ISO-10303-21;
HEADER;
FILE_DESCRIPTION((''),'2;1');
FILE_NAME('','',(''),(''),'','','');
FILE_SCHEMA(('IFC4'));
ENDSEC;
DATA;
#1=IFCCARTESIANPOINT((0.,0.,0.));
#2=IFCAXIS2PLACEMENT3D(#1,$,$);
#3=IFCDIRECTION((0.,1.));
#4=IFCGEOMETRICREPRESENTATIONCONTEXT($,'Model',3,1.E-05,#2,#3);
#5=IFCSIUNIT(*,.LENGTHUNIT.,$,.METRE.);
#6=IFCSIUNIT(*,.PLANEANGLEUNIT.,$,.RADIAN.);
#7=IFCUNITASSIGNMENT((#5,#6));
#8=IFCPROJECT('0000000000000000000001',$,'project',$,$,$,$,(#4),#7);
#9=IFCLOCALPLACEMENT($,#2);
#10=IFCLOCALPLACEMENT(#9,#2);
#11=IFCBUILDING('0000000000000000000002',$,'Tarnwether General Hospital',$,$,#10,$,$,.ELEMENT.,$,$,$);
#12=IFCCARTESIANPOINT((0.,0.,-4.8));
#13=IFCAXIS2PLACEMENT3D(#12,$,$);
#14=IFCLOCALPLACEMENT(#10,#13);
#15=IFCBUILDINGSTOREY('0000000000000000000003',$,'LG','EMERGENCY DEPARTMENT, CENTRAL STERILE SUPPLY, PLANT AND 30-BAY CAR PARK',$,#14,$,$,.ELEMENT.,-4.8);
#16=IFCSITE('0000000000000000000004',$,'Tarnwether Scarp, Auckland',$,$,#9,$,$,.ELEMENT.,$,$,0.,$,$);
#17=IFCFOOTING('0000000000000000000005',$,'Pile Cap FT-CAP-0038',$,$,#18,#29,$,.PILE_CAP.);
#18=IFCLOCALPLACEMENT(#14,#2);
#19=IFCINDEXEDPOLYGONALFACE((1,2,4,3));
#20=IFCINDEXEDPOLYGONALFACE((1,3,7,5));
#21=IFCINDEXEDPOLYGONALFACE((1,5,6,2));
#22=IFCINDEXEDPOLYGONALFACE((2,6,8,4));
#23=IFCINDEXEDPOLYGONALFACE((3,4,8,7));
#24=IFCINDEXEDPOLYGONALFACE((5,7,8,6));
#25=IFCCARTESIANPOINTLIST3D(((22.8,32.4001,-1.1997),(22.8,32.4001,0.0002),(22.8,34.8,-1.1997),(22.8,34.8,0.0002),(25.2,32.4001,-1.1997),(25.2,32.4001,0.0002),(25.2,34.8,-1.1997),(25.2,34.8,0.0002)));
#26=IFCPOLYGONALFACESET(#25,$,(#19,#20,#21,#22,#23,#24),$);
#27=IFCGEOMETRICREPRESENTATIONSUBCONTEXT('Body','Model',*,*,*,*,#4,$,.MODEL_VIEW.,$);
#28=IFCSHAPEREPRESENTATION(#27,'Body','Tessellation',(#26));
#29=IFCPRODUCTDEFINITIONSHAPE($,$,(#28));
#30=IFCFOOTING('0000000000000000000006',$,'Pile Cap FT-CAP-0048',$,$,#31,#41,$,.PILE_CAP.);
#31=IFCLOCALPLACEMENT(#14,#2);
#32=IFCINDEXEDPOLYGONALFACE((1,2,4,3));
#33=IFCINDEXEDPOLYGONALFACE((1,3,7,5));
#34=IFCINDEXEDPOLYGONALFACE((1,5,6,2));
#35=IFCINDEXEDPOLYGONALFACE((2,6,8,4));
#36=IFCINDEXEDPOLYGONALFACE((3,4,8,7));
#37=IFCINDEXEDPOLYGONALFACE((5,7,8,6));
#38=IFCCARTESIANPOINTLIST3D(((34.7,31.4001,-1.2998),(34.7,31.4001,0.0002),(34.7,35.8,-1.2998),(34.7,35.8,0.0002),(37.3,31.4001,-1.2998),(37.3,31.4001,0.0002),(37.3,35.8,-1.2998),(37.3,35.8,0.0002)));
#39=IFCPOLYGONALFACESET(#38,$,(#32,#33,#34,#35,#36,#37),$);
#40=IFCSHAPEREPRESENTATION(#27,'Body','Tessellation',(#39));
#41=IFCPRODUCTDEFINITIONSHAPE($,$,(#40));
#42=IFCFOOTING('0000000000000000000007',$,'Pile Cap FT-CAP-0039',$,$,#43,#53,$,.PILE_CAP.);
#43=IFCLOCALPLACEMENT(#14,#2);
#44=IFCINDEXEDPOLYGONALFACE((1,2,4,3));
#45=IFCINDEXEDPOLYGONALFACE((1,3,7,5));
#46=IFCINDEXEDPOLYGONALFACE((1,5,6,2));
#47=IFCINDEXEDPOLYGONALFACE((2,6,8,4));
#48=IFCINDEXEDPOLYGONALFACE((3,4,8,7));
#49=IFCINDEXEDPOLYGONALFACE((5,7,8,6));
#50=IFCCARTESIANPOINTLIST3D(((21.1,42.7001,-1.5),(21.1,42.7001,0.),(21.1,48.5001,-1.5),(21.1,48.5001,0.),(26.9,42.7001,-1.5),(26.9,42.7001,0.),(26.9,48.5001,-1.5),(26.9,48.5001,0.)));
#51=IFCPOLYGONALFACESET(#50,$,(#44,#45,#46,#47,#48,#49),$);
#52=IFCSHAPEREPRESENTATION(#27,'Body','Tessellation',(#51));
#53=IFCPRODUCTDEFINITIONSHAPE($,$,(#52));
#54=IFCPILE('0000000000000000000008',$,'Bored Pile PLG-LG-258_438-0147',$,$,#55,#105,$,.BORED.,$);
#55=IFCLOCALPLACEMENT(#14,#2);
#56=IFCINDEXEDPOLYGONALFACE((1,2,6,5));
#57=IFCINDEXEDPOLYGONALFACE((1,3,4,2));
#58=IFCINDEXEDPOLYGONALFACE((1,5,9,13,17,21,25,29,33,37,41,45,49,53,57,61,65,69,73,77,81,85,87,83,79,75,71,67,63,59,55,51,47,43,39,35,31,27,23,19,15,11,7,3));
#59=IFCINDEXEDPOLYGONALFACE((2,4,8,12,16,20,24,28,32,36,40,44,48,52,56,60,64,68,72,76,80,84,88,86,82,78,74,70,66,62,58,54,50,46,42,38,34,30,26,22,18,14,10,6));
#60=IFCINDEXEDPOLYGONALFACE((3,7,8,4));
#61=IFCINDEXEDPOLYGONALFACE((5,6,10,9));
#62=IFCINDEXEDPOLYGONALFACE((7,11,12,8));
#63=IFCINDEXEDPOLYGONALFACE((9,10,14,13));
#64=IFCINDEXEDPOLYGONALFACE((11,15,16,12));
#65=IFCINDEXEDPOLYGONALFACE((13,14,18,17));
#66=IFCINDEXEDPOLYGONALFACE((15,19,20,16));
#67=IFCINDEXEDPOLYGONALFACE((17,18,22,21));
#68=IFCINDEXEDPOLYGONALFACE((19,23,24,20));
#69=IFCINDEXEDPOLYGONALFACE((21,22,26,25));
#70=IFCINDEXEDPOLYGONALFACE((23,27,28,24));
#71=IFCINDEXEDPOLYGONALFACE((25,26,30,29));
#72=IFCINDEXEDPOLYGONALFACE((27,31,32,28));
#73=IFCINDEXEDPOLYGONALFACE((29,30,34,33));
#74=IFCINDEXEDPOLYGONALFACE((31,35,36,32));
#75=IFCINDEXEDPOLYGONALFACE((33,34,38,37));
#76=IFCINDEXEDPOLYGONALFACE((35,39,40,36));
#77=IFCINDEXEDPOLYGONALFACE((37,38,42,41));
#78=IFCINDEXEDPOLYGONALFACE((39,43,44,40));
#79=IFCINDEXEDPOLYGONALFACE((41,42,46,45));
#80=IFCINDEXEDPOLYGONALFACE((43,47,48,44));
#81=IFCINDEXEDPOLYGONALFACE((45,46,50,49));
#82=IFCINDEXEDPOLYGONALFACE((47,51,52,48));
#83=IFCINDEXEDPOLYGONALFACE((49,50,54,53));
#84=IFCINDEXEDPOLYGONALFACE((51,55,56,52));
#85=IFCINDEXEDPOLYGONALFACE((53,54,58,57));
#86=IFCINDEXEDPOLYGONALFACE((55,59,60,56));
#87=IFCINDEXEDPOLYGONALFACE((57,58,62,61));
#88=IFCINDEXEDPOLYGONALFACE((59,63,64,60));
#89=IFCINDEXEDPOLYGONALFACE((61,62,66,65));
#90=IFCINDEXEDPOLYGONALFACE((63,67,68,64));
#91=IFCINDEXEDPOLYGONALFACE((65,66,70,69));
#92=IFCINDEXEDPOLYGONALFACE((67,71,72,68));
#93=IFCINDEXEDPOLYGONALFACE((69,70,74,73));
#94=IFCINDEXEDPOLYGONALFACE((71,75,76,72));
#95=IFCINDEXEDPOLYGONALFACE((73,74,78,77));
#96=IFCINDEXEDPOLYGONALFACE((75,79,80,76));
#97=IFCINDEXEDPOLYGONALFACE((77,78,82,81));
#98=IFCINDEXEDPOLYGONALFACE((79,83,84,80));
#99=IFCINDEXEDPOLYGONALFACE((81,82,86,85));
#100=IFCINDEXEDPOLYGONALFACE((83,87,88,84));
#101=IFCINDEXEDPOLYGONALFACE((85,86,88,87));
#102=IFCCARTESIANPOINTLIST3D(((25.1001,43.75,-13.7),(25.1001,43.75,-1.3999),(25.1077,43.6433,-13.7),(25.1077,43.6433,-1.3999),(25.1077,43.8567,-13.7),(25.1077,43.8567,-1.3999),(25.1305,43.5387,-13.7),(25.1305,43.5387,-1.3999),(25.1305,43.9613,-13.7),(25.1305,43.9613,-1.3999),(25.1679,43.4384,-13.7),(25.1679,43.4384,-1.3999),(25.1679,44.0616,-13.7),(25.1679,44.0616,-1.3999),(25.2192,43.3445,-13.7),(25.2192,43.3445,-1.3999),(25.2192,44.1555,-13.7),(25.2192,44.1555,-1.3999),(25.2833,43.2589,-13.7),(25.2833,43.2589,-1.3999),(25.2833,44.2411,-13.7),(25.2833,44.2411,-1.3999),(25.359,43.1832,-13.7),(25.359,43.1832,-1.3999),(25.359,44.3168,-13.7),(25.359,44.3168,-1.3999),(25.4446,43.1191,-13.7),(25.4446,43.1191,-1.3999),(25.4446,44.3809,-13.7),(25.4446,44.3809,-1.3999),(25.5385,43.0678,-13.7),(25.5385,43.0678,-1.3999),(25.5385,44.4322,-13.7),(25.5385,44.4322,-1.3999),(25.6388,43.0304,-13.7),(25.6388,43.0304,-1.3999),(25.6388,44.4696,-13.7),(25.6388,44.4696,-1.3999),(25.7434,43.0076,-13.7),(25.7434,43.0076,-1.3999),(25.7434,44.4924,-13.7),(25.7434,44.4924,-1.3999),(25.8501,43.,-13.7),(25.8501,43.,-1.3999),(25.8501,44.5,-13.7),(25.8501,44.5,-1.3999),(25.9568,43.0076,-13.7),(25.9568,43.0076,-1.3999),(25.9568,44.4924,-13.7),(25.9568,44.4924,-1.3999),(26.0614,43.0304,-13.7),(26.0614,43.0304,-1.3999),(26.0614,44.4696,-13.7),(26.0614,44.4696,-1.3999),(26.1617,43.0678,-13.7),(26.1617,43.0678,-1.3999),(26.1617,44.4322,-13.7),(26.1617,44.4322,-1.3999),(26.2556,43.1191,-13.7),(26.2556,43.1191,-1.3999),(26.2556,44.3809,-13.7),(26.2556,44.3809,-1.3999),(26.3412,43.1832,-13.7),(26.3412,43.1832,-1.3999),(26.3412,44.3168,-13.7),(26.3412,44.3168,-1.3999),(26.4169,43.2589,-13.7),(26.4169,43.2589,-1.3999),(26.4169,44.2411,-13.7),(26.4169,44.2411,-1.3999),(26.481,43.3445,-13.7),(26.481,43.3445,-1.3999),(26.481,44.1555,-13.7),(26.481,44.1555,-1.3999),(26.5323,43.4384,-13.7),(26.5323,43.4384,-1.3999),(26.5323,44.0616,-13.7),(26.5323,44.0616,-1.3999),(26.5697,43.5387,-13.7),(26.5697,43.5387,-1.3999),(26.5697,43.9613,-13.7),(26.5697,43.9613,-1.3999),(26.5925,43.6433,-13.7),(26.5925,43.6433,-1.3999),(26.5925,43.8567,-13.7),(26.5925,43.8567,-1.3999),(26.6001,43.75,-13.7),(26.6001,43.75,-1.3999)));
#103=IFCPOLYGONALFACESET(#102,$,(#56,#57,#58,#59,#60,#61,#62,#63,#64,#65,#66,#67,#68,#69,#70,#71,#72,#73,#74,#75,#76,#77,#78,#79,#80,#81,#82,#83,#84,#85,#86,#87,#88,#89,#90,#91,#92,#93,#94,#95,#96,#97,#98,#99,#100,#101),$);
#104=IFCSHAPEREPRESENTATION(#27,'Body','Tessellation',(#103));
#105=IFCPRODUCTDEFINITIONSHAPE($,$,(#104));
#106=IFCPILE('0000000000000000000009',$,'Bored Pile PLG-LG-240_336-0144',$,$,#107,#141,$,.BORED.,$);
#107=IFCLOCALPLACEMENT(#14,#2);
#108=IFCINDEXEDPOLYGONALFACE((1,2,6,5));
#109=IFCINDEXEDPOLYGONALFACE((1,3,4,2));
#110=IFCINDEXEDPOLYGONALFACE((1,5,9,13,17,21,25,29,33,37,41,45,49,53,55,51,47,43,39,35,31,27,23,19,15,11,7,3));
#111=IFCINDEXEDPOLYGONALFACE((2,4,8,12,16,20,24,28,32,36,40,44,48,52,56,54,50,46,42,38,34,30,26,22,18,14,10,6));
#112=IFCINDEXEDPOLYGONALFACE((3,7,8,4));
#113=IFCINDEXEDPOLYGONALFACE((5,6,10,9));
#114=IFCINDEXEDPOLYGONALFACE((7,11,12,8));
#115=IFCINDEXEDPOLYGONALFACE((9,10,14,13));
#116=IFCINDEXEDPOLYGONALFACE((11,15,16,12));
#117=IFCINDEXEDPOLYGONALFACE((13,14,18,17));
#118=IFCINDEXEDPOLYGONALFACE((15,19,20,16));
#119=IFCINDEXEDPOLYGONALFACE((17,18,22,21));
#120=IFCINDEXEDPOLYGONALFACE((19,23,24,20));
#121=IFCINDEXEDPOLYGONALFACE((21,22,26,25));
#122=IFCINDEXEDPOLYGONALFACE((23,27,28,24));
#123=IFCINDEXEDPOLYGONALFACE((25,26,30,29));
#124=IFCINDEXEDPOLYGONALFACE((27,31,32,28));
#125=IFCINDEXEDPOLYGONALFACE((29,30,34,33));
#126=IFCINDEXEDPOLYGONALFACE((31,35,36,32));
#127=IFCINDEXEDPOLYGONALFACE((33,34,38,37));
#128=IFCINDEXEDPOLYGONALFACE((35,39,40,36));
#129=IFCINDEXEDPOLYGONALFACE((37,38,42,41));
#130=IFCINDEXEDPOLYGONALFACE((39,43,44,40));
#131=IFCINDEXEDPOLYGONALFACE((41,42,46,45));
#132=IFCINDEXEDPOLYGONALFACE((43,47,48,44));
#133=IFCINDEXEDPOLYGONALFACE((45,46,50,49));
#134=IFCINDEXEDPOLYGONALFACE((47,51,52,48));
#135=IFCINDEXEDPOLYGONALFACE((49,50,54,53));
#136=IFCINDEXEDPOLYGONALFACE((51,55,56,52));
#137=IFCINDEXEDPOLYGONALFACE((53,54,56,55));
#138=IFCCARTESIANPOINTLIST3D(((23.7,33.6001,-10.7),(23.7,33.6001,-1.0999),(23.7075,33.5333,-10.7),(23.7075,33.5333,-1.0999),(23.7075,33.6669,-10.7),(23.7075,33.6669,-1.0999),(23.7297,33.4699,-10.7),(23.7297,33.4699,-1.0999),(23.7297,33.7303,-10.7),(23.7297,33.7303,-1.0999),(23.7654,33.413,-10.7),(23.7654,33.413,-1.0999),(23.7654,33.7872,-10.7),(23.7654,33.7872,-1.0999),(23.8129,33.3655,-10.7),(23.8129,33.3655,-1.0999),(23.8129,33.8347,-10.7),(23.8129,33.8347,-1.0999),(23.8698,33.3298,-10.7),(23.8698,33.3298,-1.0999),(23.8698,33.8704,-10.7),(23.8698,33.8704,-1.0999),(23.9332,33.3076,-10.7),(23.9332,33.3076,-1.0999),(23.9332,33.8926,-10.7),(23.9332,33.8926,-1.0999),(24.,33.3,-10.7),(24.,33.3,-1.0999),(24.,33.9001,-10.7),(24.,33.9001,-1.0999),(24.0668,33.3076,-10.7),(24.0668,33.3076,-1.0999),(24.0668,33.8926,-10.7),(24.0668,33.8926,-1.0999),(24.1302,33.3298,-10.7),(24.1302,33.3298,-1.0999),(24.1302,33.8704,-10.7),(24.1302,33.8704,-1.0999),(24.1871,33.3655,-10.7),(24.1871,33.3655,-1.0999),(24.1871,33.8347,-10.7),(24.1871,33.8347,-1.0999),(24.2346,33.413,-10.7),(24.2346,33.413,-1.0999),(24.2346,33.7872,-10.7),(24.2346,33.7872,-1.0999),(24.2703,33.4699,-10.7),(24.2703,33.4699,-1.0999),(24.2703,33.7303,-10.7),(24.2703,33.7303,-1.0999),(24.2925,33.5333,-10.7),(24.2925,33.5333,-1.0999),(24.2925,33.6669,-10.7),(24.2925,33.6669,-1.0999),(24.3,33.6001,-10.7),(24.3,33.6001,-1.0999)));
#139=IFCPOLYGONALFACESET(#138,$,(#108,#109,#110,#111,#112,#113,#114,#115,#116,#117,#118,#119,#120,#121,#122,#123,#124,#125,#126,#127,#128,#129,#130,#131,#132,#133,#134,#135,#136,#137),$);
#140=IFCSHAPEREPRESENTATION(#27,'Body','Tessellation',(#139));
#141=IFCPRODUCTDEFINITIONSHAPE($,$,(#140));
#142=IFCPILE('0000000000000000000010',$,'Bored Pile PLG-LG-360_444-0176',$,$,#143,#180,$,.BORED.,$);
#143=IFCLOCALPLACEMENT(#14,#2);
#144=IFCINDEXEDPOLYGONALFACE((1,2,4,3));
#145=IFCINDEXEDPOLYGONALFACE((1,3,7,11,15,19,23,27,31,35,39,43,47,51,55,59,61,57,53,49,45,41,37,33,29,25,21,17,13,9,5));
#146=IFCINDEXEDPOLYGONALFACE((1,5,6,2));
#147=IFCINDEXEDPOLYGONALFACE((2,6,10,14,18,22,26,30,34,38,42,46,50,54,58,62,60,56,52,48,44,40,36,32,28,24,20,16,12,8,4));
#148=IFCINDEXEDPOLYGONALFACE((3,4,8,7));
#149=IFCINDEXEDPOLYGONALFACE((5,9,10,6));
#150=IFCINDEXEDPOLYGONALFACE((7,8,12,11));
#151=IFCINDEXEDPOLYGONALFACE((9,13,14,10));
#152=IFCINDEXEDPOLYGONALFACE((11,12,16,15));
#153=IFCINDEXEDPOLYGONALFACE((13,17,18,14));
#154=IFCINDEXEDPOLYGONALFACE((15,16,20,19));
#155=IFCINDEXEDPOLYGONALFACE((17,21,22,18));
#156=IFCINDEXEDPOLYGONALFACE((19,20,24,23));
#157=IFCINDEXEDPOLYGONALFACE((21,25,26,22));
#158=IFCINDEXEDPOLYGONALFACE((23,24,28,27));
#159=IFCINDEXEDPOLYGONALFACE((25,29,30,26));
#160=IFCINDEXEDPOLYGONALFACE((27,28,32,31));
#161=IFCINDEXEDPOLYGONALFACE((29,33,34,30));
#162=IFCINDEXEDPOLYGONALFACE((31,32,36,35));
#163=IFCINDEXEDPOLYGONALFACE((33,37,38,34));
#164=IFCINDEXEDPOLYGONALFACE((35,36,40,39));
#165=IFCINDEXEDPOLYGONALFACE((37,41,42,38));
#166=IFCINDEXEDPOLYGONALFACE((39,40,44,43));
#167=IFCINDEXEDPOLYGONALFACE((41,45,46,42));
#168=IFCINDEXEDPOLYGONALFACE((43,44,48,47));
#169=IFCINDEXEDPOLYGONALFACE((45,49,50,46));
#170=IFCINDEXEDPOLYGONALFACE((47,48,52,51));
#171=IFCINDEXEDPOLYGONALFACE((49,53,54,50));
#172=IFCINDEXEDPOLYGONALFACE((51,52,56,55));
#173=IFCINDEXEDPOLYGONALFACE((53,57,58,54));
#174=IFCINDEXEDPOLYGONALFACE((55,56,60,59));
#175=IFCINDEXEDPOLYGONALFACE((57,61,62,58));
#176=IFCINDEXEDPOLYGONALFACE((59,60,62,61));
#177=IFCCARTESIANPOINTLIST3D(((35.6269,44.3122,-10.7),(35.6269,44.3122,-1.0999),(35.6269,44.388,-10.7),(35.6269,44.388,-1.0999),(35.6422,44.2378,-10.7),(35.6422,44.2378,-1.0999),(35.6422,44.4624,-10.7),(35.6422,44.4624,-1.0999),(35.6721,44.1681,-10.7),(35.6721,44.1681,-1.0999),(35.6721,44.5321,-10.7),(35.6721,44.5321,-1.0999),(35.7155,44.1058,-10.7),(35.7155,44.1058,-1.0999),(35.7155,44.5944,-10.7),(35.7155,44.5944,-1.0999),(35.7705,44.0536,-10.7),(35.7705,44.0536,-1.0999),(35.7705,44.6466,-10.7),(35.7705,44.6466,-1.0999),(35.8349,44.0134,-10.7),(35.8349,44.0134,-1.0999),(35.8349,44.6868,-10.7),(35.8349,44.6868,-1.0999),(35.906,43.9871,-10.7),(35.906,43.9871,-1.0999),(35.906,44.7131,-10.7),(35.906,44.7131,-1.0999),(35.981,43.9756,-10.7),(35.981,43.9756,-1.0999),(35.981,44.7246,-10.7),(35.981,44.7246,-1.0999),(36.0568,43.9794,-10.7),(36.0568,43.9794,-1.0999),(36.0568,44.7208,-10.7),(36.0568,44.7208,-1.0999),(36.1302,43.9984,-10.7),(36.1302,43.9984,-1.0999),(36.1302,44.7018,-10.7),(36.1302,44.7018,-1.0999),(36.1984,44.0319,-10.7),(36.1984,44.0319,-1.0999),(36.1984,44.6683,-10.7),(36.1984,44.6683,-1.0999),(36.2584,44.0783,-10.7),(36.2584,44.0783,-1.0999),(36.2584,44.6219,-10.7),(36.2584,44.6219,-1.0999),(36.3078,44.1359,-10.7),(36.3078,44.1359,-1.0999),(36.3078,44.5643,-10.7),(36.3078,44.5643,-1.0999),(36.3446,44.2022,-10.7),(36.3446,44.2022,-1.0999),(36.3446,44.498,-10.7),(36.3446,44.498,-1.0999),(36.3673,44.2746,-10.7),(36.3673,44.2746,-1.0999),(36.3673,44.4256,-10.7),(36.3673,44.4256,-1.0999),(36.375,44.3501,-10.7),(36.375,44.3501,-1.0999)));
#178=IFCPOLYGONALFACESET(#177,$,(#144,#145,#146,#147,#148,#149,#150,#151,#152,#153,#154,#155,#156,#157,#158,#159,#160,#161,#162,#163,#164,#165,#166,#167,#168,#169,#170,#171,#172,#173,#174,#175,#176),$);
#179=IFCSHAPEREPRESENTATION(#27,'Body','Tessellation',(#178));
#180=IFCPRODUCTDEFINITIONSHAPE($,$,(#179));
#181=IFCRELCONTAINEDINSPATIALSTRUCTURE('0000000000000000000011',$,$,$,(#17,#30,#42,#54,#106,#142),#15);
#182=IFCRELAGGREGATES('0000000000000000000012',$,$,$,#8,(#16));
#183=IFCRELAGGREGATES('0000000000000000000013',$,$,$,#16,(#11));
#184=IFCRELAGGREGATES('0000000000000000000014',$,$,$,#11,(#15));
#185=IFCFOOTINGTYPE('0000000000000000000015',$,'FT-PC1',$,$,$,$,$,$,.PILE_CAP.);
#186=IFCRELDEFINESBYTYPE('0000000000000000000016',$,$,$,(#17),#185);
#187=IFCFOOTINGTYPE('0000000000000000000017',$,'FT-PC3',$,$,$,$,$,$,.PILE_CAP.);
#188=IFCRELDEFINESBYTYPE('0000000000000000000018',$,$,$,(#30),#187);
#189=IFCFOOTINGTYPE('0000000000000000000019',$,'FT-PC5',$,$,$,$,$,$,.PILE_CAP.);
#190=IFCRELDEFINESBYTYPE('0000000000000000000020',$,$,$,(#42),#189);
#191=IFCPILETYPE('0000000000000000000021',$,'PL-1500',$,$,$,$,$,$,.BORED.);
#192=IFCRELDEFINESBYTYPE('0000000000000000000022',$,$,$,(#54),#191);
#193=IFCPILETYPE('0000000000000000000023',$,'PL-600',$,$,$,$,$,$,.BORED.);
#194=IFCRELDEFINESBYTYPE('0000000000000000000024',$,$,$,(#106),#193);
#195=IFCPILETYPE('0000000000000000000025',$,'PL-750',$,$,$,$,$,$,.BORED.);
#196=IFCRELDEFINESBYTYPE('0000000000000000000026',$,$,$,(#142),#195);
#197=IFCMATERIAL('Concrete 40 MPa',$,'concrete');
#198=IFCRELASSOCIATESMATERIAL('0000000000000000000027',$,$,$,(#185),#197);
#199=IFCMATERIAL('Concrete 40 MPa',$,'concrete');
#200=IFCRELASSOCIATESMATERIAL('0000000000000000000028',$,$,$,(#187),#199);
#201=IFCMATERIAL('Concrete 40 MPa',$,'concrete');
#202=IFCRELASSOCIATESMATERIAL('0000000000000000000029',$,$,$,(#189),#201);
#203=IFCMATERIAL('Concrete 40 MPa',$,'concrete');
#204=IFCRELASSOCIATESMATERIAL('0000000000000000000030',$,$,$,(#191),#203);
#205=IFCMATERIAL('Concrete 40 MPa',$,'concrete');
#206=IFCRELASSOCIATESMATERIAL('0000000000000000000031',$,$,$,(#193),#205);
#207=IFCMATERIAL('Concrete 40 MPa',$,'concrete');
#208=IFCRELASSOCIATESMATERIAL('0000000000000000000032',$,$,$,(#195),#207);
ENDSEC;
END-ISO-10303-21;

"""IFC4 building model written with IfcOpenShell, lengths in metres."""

from ifc_helpers import new_model, si_unit, direction, frame, origin, origin_2d, place, context, subcontext, project, spatial, rectangle, circle, extrude, material, material_profile, profile_set, type_object, element, save


model = new_model("IFC4")

# Units and contexts
model_context = context("Model", 3, precision=1e-05, world=origin(), true_north=direction((0.0, 1.0)))
body_context = subcontext(model_context, "Body", "Model", "MODEL_VIEW")
ifc_project = project(units=[si_unit("LENGTHUNIT", "METRE"), si_unit("PLANEANGLEUNIT", "RADIAN")], contexts=[model_context])

# Site, building, storey
site_placement = place(None, origin())
site = spatial("IfcSite", under=ifc_project, at=site_placement, Name="Tarnwether Scarp, Auckland", CompositionType="ELEMENT", RefElevation=0.0)
building_placement = place(site_placement, origin())
building = spatial("IfcBuilding", under=site, at=building_placement, Name="Tarnwether General Hospital", CompositionType="ELEMENT")
storey_placement = place(building_placement, frame((0.0, 0.0, -4.8)))
storey = spatial("IfcBuildingStorey", under=building, at=storey_placement, Name="LG", Description="EMERGENCY DEPARTMENT, CENTRAL STERILE SUPPLY, PLANT AND 30-BAY CAR PARK", CompositionType="ELEMENT", Elevation=-4.8)

# Footings
ifc_material_1 = material(Name="Concrete 40 MPa", Category="concrete")
footing_type_1 = type_object("IfcFootingType", Name="FT-PC1", PredefinedType="PILE_CAP", material=ifc_material_1)
footing_1_placement = place(storey_placement, frame((24.0, 33.6001, -1.1997), z_axis=(0.0, 0.0, 1.0), x_axis=(1.0, 0.0, 0.0)))
element("IfcFooting", 1, at=footing_1_placement, inside=storey, type_object=footing_type_1, Name="Pile Cap FT-CAP-0038", PredefinedType="PILE_CAP", context=body_context, shape_type="SweptSolid", body=[
    extrude(rectangle(XDim=2.3999, YDim=2.3999, at=origin_2d()), origin(), (0.0, 0.0, 1.0), 1.2),
])
ifc_material_2 = material(Name="Concrete 40 MPa", Category="concrete")
footing_type_2 = type_object("IfcFootingType", Name="FT-PC3", PredefinedType="PILE_CAP", material=ifc_material_2)
footing_2_placement = place(storey_placement, frame((36.0, 33.6001, -1.2998), z_axis=(0.0, 0.0, 1.0), x_axis=(0.0, 1.0, 0.0)))
element("IfcFooting", 2, at=footing_2_placement, inside=storey, type_object=footing_type_2, Name="Pile Cap FT-CAP-0048", PredefinedType="PILE_CAP", context=body_context, shape_type="SweptSolid", body=[
    extrude(rectangle(XDim=4.3999, YDim=2.6001, at=origin_2d()), origin(), (0.0, 0.0, 1.0), 1.3),
])
ifc_material_3 = material(Name="Concrete 40 MPa", Category="concrete")
footing_type_3 = type_object("IfcFootingType", Name="FT-PC5", PredefinedType="PILE_CAP", material=ifc_material_3)
footing_3_placement = place(storey_placement, frame((24.0, 45.6001, -1.5), z_axis=(0.0, 0.0, 1.0), x_axis=(1.0, 0.0, 0.0)))
element("IfcFooting", 3, at=footing_3_placement, inside=storey, type_object=footing_type_3, Name="Pile Cap FT-CAP-0039", PredefinedType="PILE_CAP", context=body_context, shape_type="SweptSolid", body=[
    extrude(rectangle(XDim=5.8, YDim=5.8, at=origin_2d()), origin(), (0.0, 0.0, 1.0), 1.5),
])

# Piles
ifc_material_4 = material(Name="Concrete 40 MPa", Category="concrete")
ifc_material_profile_1 = material_profile(ifc_material_4, circle(Radius=0.75, at=origin_2d()), Name="PILE-D1500")
ifc_profile_set_1 = profile_set([ifc_material_profile_1], Name="Concrete 40 MPa")
pile_type_1 = type_object("IfcPileType", Name="PL-1500", PredefinedType="BORED", material=ifc_profile_set_1)
pile_1_placement = place(storey_placement, frame((25.8501, 43.75, -1.3999), z_axis=(0.0, 0.0, -1.0), x_axis=(1.0, 0.0, 0.0)))
element("IfcPile", 4, at=pile_1_placement, inside=storey, type_object=pile_type_1, Name="Bored Pile PLG-LG-258_438-0147", PredefinedType="BORED", context=body_context, shape_type="SweptSolid", body=[
    extrude(circle(Radius=0.75, at=origin_2d()), origin(), (0.0, 0.0, 1.0), 12.3),
])
ifc_material_5 = material(Name="Concrete 40 MPa", Category="concrete")
ifc_material_profile_2 = material_profile(ifc_material_5, circle(Radius=0.3, at=origin_2d()), Name="PILE-D600")
ifc_profile_set_2 = profile_set([ifc_material_profile_2], Name="Concrete 40 MPa")
pile_type_2 = type_object("IfcPileType", Name="PL-600", PredefinedType="BORED", material=ifc_profile_set_2)
pile_2_placement = place(storey_placement, frame((24.0, 33.6001, -1.0999), z_axis=(0.0, 0.0, -1.0), x_axis=(1.0, 0.0, 0.0)))
element("IfcPile", 5, at=pile_2_placement, inside=storey, type_object=pile_type_2, Name="Bored Pile PLG-LG-240_336-0144", PredefinedType="BORED", context=body_context, shape_type="SweptSolid", body=[
    extrude(circle(Radius=0.3, at=origin_2d()), origin(), (0.0, 0.0, 1.0), 9.6001),
])
ifc_material_6 = material(Name="Concrete 40 MPa", Category="concrete")
ifc_material_profile_3 = material_profile(ifc_material_6, circle(Radius=0.375, at=origin_2d()), Name="PILE-D750")
ifc_profile_set_3 = profile_set([ifc_material_profile_3], Name="Concrete 40 MPa")
pile_type_3 = type_object("IfcPileType", Name="PL-750", PredefinedType="BORED", material=ifc_profile_set_3)
pile_3_placement = place(storey_placement, frame((36.0, 44.3501, -1.0999), z_axis=(0.0, 0.0, -1.0), x_axis=(1.0, 0.0, 0.0)))
element("IfcPile", 6, at=pile_3_placement, inside=storey, type_object=pile_type_3, Name="Bored Pile PLG-LG-360_444-0176", PredefinedType="BORED", context=body_context, shape_type="SweptSolid", body=[
    extrude(circle(Radius=0.375, at=origin_2d()), origin(), (0.0, 0.0, 1.0), 9.6001),
])

save(model, "model.ifc")
